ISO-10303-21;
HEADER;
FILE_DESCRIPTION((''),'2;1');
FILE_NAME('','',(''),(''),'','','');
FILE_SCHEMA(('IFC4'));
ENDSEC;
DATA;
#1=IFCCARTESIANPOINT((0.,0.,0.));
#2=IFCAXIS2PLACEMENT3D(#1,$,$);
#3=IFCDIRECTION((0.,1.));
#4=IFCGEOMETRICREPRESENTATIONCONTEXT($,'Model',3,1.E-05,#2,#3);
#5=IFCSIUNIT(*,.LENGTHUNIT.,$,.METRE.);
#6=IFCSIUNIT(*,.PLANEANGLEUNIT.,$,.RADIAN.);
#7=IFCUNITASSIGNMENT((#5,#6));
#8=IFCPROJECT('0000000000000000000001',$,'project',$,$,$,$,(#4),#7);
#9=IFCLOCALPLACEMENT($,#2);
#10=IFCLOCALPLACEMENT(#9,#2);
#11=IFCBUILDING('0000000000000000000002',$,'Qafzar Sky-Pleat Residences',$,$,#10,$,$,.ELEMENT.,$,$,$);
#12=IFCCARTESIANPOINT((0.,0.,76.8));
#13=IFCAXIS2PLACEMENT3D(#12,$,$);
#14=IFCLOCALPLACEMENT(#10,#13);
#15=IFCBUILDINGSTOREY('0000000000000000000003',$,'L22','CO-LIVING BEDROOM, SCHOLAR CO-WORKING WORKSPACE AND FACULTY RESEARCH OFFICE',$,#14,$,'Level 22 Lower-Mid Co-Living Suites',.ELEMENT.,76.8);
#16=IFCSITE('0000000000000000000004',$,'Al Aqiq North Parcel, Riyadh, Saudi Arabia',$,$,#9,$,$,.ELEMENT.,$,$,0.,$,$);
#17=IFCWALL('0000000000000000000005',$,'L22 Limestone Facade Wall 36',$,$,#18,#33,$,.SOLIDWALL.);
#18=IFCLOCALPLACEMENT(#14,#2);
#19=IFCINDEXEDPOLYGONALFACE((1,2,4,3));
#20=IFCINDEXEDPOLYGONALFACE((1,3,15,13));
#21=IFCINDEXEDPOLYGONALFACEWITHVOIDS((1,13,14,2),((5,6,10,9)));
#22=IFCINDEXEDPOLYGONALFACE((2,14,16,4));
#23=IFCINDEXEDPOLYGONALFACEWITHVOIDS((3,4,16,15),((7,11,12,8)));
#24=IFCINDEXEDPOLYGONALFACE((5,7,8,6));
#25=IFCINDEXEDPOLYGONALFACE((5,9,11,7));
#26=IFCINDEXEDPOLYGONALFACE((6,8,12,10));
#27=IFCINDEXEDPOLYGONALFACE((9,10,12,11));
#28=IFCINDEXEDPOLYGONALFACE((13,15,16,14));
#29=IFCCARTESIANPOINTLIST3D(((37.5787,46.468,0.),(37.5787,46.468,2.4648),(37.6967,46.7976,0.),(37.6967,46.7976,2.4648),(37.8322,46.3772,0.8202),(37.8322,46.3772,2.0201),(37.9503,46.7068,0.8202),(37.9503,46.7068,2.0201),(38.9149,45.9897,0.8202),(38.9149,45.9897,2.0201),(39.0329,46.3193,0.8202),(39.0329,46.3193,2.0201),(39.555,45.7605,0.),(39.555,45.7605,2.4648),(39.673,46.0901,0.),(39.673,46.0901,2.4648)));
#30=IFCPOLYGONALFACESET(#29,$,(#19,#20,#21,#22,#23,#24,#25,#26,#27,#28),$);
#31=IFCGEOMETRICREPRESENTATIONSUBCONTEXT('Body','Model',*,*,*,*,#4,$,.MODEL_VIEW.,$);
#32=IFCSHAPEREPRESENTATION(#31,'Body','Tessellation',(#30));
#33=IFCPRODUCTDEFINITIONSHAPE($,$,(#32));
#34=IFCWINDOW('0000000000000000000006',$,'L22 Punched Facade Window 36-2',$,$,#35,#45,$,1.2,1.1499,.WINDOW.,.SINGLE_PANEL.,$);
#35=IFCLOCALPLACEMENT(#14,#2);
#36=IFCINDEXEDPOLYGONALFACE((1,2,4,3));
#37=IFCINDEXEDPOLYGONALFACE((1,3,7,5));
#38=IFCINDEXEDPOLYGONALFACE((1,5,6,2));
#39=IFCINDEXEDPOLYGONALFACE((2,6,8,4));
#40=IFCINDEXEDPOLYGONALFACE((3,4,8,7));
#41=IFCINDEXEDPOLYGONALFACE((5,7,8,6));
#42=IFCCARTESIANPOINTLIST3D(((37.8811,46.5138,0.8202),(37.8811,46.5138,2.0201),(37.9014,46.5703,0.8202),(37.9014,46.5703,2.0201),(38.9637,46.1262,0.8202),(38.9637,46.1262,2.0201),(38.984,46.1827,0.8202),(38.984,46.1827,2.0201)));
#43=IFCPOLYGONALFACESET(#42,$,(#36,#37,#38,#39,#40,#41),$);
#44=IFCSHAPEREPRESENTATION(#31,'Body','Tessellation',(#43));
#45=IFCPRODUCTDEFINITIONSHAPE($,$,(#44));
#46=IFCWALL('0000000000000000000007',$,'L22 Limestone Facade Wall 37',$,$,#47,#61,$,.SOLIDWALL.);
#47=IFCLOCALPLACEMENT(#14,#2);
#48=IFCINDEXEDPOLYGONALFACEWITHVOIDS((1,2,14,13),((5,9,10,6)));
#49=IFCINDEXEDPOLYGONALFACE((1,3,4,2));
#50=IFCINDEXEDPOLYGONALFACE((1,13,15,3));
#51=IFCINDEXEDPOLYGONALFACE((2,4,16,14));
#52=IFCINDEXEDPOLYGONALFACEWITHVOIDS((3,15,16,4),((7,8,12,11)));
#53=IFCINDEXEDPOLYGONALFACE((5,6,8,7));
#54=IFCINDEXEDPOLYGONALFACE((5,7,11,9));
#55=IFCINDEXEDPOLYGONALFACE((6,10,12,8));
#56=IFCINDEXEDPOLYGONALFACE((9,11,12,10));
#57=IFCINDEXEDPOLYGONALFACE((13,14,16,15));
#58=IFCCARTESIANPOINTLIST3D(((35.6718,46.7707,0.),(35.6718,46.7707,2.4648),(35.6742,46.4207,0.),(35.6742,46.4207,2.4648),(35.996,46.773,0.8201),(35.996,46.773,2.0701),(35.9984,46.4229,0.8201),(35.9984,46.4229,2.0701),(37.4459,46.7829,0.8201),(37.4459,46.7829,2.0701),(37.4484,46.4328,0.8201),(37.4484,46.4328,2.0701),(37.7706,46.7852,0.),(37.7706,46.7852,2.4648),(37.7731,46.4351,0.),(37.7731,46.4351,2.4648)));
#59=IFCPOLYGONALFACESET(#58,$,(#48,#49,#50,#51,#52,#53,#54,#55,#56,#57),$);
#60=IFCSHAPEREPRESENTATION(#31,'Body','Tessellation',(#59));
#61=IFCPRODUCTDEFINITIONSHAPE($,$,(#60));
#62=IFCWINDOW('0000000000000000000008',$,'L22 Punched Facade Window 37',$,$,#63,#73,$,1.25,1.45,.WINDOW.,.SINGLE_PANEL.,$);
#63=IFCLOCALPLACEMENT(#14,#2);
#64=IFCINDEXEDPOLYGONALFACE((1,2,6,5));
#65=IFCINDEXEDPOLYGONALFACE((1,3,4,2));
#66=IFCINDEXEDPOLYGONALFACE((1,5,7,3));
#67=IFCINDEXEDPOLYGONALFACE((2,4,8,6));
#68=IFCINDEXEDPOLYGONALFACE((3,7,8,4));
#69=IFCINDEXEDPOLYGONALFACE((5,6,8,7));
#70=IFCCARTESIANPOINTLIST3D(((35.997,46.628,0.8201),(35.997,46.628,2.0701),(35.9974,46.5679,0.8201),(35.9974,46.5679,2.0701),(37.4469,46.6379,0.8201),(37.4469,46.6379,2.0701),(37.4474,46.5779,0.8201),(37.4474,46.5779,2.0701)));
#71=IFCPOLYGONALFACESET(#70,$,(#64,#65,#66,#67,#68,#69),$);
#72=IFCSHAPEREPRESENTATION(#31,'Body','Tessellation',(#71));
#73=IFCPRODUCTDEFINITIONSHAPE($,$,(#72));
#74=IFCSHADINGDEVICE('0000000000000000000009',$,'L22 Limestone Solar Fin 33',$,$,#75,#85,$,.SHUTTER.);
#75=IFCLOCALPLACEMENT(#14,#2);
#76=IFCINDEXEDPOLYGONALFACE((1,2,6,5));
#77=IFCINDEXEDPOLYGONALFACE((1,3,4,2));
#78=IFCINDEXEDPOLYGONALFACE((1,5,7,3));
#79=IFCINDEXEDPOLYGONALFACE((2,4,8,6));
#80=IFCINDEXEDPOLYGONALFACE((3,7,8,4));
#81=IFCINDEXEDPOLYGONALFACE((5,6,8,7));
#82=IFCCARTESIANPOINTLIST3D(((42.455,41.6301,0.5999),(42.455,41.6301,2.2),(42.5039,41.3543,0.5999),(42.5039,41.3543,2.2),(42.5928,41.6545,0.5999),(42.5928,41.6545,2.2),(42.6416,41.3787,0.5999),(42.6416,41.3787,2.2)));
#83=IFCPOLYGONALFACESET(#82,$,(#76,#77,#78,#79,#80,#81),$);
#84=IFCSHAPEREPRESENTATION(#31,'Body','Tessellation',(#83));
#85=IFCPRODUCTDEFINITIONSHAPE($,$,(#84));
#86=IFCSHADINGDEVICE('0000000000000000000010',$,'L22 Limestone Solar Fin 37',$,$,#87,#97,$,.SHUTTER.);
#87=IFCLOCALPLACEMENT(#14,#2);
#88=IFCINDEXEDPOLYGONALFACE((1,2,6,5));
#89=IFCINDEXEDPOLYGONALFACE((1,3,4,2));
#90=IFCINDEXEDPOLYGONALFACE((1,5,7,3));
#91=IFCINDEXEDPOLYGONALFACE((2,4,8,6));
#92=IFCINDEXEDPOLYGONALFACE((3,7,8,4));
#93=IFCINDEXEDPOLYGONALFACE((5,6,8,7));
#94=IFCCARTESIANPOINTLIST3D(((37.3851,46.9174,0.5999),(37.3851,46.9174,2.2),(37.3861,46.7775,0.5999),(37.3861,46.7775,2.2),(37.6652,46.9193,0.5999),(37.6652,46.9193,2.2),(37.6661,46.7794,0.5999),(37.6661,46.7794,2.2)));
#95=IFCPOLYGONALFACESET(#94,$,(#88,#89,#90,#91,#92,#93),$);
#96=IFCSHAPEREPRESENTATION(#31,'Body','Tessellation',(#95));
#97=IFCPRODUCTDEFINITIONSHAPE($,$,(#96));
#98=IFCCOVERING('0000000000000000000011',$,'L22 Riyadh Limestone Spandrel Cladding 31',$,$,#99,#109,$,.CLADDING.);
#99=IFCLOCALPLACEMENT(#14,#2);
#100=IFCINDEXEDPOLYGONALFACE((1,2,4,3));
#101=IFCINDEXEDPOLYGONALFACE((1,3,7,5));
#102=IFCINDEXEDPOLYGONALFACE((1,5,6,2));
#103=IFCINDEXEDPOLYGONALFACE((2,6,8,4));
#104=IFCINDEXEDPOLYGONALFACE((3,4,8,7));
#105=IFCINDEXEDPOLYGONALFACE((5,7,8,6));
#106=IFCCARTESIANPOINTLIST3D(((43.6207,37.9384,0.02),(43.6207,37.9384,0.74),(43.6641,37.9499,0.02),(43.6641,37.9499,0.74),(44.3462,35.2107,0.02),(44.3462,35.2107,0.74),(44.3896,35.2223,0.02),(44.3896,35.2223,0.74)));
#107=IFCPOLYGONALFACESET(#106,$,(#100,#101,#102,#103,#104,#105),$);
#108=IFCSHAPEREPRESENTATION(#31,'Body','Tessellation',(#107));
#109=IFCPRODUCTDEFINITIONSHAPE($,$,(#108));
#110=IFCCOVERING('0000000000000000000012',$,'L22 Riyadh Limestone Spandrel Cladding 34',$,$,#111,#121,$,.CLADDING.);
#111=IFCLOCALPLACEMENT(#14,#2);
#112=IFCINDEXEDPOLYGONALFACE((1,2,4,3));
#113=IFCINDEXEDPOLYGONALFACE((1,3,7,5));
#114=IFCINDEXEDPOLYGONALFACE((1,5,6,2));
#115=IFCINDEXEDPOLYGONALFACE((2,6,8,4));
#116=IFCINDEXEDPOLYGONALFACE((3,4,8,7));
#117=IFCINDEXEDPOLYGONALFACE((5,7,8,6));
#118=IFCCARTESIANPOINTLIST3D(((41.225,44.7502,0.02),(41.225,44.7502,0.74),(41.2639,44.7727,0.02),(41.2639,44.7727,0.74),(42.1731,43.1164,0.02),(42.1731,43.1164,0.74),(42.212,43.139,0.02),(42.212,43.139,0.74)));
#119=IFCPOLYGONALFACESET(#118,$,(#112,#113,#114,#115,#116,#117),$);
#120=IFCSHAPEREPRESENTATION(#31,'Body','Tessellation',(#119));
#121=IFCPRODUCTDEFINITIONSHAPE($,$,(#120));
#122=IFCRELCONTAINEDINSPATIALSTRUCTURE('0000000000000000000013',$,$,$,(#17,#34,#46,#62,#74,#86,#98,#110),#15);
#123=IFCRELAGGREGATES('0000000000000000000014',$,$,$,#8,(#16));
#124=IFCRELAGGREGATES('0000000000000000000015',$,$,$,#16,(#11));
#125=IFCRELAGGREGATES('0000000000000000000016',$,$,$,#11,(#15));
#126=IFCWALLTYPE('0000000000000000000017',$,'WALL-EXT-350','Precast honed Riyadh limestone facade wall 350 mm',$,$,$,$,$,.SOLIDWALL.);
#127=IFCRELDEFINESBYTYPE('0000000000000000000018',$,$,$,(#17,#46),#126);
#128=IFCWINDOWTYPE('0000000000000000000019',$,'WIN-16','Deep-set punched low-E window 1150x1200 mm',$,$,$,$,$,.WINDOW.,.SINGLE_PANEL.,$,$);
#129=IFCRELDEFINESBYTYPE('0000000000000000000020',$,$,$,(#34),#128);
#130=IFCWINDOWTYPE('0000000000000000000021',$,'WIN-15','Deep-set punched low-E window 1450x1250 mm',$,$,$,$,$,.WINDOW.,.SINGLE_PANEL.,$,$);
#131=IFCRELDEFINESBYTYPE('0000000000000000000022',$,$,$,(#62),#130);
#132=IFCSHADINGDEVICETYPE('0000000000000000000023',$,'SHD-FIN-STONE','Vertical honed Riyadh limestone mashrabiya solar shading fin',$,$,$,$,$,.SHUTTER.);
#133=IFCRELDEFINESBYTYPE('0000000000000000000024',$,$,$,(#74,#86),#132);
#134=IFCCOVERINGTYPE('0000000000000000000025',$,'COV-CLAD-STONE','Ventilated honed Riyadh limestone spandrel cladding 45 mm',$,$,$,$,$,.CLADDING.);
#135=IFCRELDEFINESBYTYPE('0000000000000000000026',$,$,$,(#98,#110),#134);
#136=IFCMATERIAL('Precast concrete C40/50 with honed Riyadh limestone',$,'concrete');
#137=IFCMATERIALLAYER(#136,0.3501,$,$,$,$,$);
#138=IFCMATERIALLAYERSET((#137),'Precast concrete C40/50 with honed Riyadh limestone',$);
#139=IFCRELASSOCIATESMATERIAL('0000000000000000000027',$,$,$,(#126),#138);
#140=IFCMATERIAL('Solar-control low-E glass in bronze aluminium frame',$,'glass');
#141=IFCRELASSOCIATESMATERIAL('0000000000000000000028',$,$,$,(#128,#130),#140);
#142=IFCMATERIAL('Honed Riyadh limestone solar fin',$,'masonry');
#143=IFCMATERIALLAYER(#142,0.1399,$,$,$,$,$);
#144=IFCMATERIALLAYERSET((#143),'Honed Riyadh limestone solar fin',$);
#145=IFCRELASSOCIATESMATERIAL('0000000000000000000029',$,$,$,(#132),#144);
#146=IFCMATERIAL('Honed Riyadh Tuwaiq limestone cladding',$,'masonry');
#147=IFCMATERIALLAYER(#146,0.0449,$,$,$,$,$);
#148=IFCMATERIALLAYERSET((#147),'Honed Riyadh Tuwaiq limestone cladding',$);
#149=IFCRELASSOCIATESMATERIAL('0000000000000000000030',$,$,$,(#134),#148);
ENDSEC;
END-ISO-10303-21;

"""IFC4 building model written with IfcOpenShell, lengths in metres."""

from ifc_helpers import new_model, si_unit, direction, frame, frame_2d, origin, origin_2d, place, context, subcontext, project, spatial, rectangle, extrude, source, transform, mapped, material, layer, layer_set, type_object, element, fill, save


model = new_model("IFC4")

# Units and contexts
model_context = context("Model", 3, precision=1e-05, world=origin(), true_north=direction((0.0, 1.0)))
body_context = subcontext(model_context, "Body", "Model", "MODEL_VIEW")
ifc_project = project(units=[si_unit("LENGTHUNIT", "METRE"), si_unit("PLANEANGLEUNIT", "RADIAN")], contexts=[model_context])

# Site, building, storey
site_placement = place(None, origin())
site = spatial("IfcSite", under=ifc_project, at=site_placement, Name="Al Aqiq North Parcel, Riyadh, Saudi Arabia", CompositionType="ELEMENT", RefElevation=0.0)
building_placement = place(site_placement, origin())
building = spatial("IfcBuilding", under=site, at=building_placement, Name="Qafzar Sky-Pleat Residences", CompositionType="ELEMENT")
storey_placement = place(building_placement, frame((0.0, 0.0, 76.8)))
storey = spatial("IfcBuildingStorey", under=building, at=storey_placement, Name="L22", Description="CO-LIVING BEDROOM, SCHOLAR CO-WORKING WORKSPACE AND FACULTY RESEARCH OFFICE", LongName="Level 22 Lower-Mid Co-Living Suites", CompositionType="ELEMENT", Elevation=76.8)

# Walls, openings, windows
ifc_material_1 = material(Name="Precast concrete C40/50 with honed Riyadh limestone", Category="concrete")
ifc_layer_1 = layer(ifc_material_1, 0.3501)
ifc_layer_set_1 = layer_set([ifc_layer_1], Name="Precast concrete C40/50 with honed Riyadh limestone")
wall_type = type_object("IfcWallType", Name="WALL-EXT-350", Description="Precast honed Riyadh limestone facade wall 350 mm", PredefinedType="SOLIDWALL", material=ifc_layer_set_1)
ifc_material_2 = material(Name="Solar-control low-E glass in bronze aluminium frame", Category="glass")
wall_1_placement = place(storey_placement, frame((39.614, 45.9253, 0.0), z_axis=(0.0, 0.0, 1.0), x_axis=(-0.941486, 0.337051, 0.0)))
wall_1 = element("IfcWall", 1, at=wall_1_placement, inside=storey, type_object=wall_type, Name="L22 Limestone Facade Wall 36", PredefinedType="SOLIDWALL", context=body_context, shape_type="SweptSolid", body=[
    extrude(rectangle(XDim=2.0991, YDim=0.3501, at=frame_2d((1.0496, 0.0))), origin(), (0.0, 0.0, 1.0), 2.4648),
])
opening_1_placement = place(wall_1_placement, frame((0.6799, 0.0, 0.8201)))
opening_1 = element("IfcOpeningElement", 2, at=opening_1_placement, cuts=wall_1, PredefinedType="OPENING", context=body_context, shape_type="SweptSolid", body=[
    extrude(rectangle(XDim=1.1499, YDim=1.2, at=frame_2d((0.575, 0.6001))), frame((0.0, 0.1851, 0.0), z_axis=(0.0, -1.0, 0.0), x_axis=(1.0, 0.0, 0.0)), (0.0, 0.0, 1.0), 0.3701),
])
window_type_1 = type_object("IfcWindowType", Name="WIN-16", Description="Deep-set punched low-E window 1150x1200 mm", PartitioningType="SINGLE_PANEL", PredefinedType="WINDOW", material=ifc_material_2)
shared_shape_1 = source(origin(), body_context, "Body", "SweptSolid", [
    extrude(rectangle(XDim=1.1499, YDim=1.2, at=frame_2d((0.575, 0.6001))), frame((0.0, 0.03, 0.0), z_axis=(0.0, -1.0, 0.0), x_axis=(1.0, 0.0, 0.0)), (0.0, 0.0, 1.0), 0.0601),
])
window_1_placement = place(opening_1_placement, origin())
window_1 = element("IfcWindow", 3, at=window_1_placement, inside=storey, type_object=window_type_1, Name="L22 Punched Facade Window 36-2", OverallHeight=1.2, OverallWidth=1.1499, PartitioningType="SINGLE_PANEL", PredefinedType="WINDOW", context=body_context, shape_type="MappedRepresentation", body=[
    mapped(shared_shape_1, transform((0.0, 0.0, 0.0), x_axis=(1.0, 0.0, 0.0), y_axis=(0.0, 1.0, 0.0), z_axis=(0.0, 0.0, 1.0), scale=1.0)),
])
fill(opening_1, window_1)
wall_2_placement = place(storey_placement, frame((37.7717, 46.6101, 0.0), z_axis=(0.0, 0.0, 1.0), x_axis=(-0.999976, -0.006863, 0.0)))
wall_2 = element("IfcWall", 4, at=wall_2_placement, inside=storey, type_object=wall_type, Name="L22 Limestone Facade Wall 37", PredefinedType="SOLIDWALL", context=body_context, shape_type="SweptSolid", body=[
    extrude(rectangle(XDim=2.0989, YDim=0.3501, at=frame_2d((1.0493, 0.0))), origin(), (0.0, 0.0, 1.0), 2.4648),
])
opening_2_placement = place(wall_2_placement, frame((0.3245, 0.0, 0.8201)))
opening_2 = element("IfcOpeningElement", 5, at=opening_2_placement, cuts=wall_2, PredefinedType="OPENING", context=body_context, shape_type="SweptSolid", body=[
    extrude(rectangle(XDim=1.45, YDim=1.25, at=frame_2d((0.7251, 0.625))), frame((0.0, 0.1851, 0.0), z_axis=(0.0, -1.0, 0.0), x_axis=(1.0, 0.0, 0.0)), (0.0, 0.0, 1.0), 0.3701),
])
window_type_2 = type_object("IfcWindowType", Name="WIN-15", Description="Deep-set punched low-E window 1450x1250 mm", PartitioningType="SINGLE_PANEL", PredefinedType="WINDOW", material=ifc_material_2)
shared_shape_2 = source(origin(), body_context, "Body", "SweptSolid", [
    extrude(rectangle(XDim=1.45, YDim=1.25, at=frame_2d((0.7251, 0.625))), frame((0.0, 0.03, 0.0), z_axis=(0.0, -1.0, 0.0), x_axis=(1.0, 0.0, 0.0)), (0.0, 0.0, 1.0), 0.0601),
])
window_2_placement = place(opening_2_placement, origin())
window_2 = element("IfcWindow", 6, at=window_2_placement, inside=storey, type_object=window_type_2, Name="L22 Punched Facade Window 37", OverallHeight=1.25, OverallWidth=1.45, PartitioningType="SINGLE_PANEL", PredefinedType="WINDOW", context=body_context, shape_type="MappedRepresentation", body=[
    mapped(shared_shape_2, transform((0.0, 0.0, 0.0), x_axis=(1.0, 0.0, 0.0), y_axis=(0.0, 1.0, 0.0), z_axis=(0.0, 0.0, 1.0), scale=1.0)),
])
fill(opening_2, window_2)

# Shading devices
ifc_material_3 = material(Name="Honed Riyadh limestone solar fin", Category="masonry")
ifc_layer_2 = layer(ifc_material_3, 0.1399)
ifc_layer_set_2 = layer_set([ifc_layer_2], Name="Honed Riyadh limestone solar fin")
shading_device_type = type_object("IfcShadingDeviceType", Name="SHD-FIN-STONE", Description="Vertical honed Riyadh limestone mashrabiya solar shading fin", PredefinedType="SHUTTER", material=ifc_layer_set_2)
shared_shape_3 = source(origin(), body_context, "Body", "SweptSolid", [
    extrude(rectangle(XDim=0.1399, YDim=0.28, at=origin_2d()), origin(), (0.0, 0.0, 1.0), 1.6001),
])
for number, where, z_axis, x_axis, name in (
    (7, (42.5483, 41.5044, 0.5999), (0.0, 0.0, 1.0), (0.984676, 0.174394, 0.0), "L22 Limestone Solar Fin 33"),
    (8, (37.5256, 46.8484, 0.5999), (0.0, 0.0, 1.0), (-0.006822, 0.999977, 0.0), "L22 Limestone Solar Fin 37"),
):
    element("IfcShadingDevice", number, at=place(storey_placement, frame(where, z_axis=z_axis, x_axis=x_axis)), inside=storey, type_object=shading_device_type, Name=name, PredefinedType="SHUTTER", context=body_context, shape_type="MappedRepresentation", body=[
        mapped(shared_shape_3, transform((0.0, 0.0, 0.0), x_axis=(1.0, 0.0, 0.0), y_axis=(0.0, 1.0, 0.0), z_axis=(0.0, 0.0, 1.0), scale=1.0)),
    ])

# Coverings
ifc_material_4 = material(Name="Honed Riyadh Tuwaiq limestone cladding", Category="masonry")
ifc_layer_3 = layer(ifc_material_4, 0.0449)
ifc_layer_set_3 = layer_set([ifc_layer_3], Name="Honed Riyadh Tuwaiq limestone cladding")
covering_type = type_object("IfcCoveringType", Name="COV-CLAD-STONE", Description="Ventilated honed Riyadh limestone spandrel cladding 45 mm", PredefinedType="CLADDING", material=ifc_layer_set_3)
shared_shape_4 = source(origin(), body_context, "Body", "SweptSolid", [
    extrude(rectangle(XDim=2.8225, YDim=0.0449, at=origin_2d()), origin(), (0.0, 0.0, 1.0), 0.72),
])
covering_1_placement = place(storey_placement, frame((44.0051, 36.5803, 0.02), z_axis=(0.0, 0.0, 1.0), x_axis=(-0.257033, 0.966403, 0.0)))
element("IfcCovering", 9, at=covering_1_placement, inside=storey, type_object=covering_type, Name="L22 Riyadh Limestone Spandrel Cladding 31", PredefinedType="CLADDING", context=body_context, shape_type="MappedRepresentation", body=[
    mapped(shared_shape_4, transform((0.0, 0.0, 0.0), x_axis=(1.0, 0.0, 0.0), y_axis=(0.0, 1.0, 0.0), z_axis=(0.0, 0.0, 1.0), scale=1.0)),
])
shared_shape_5 = source(origin(), body_context, "Body", "SweptSolid", [
    extrude(rectangle(XDim=1.8889, YDim=0.0449, at=origin_2d()), origin(), (0.0, 0.0, 1.0), 0.72),
])
covering_2_placement = place(storey_placement, frame((41.7185, 43.9446, 0.02), z_axis=(0.0, 0.0, 1.0), x_axis=(-0.501941, 0.864902, 0.0)))
element("IfcCovering", 10, at=covering_2_placement, inside=storey, type_object=covering_type, Name="L22 Riyadh Limestone Spandrel Cladding 34", PredefinedType="CLADDING", context=body_context, shape_type="MappedRepresentation", body=[
    mapped(shared_shape_5, transform((0.0, 0.0, 0.0), x_axis=(1.0, 0.0, 0.0), y_axis=(0.0, 1.0, 0.0), z_axis=(0.0, 0.0, 1.0), scale=1.0)),
])

save(model, "model.ifc")
